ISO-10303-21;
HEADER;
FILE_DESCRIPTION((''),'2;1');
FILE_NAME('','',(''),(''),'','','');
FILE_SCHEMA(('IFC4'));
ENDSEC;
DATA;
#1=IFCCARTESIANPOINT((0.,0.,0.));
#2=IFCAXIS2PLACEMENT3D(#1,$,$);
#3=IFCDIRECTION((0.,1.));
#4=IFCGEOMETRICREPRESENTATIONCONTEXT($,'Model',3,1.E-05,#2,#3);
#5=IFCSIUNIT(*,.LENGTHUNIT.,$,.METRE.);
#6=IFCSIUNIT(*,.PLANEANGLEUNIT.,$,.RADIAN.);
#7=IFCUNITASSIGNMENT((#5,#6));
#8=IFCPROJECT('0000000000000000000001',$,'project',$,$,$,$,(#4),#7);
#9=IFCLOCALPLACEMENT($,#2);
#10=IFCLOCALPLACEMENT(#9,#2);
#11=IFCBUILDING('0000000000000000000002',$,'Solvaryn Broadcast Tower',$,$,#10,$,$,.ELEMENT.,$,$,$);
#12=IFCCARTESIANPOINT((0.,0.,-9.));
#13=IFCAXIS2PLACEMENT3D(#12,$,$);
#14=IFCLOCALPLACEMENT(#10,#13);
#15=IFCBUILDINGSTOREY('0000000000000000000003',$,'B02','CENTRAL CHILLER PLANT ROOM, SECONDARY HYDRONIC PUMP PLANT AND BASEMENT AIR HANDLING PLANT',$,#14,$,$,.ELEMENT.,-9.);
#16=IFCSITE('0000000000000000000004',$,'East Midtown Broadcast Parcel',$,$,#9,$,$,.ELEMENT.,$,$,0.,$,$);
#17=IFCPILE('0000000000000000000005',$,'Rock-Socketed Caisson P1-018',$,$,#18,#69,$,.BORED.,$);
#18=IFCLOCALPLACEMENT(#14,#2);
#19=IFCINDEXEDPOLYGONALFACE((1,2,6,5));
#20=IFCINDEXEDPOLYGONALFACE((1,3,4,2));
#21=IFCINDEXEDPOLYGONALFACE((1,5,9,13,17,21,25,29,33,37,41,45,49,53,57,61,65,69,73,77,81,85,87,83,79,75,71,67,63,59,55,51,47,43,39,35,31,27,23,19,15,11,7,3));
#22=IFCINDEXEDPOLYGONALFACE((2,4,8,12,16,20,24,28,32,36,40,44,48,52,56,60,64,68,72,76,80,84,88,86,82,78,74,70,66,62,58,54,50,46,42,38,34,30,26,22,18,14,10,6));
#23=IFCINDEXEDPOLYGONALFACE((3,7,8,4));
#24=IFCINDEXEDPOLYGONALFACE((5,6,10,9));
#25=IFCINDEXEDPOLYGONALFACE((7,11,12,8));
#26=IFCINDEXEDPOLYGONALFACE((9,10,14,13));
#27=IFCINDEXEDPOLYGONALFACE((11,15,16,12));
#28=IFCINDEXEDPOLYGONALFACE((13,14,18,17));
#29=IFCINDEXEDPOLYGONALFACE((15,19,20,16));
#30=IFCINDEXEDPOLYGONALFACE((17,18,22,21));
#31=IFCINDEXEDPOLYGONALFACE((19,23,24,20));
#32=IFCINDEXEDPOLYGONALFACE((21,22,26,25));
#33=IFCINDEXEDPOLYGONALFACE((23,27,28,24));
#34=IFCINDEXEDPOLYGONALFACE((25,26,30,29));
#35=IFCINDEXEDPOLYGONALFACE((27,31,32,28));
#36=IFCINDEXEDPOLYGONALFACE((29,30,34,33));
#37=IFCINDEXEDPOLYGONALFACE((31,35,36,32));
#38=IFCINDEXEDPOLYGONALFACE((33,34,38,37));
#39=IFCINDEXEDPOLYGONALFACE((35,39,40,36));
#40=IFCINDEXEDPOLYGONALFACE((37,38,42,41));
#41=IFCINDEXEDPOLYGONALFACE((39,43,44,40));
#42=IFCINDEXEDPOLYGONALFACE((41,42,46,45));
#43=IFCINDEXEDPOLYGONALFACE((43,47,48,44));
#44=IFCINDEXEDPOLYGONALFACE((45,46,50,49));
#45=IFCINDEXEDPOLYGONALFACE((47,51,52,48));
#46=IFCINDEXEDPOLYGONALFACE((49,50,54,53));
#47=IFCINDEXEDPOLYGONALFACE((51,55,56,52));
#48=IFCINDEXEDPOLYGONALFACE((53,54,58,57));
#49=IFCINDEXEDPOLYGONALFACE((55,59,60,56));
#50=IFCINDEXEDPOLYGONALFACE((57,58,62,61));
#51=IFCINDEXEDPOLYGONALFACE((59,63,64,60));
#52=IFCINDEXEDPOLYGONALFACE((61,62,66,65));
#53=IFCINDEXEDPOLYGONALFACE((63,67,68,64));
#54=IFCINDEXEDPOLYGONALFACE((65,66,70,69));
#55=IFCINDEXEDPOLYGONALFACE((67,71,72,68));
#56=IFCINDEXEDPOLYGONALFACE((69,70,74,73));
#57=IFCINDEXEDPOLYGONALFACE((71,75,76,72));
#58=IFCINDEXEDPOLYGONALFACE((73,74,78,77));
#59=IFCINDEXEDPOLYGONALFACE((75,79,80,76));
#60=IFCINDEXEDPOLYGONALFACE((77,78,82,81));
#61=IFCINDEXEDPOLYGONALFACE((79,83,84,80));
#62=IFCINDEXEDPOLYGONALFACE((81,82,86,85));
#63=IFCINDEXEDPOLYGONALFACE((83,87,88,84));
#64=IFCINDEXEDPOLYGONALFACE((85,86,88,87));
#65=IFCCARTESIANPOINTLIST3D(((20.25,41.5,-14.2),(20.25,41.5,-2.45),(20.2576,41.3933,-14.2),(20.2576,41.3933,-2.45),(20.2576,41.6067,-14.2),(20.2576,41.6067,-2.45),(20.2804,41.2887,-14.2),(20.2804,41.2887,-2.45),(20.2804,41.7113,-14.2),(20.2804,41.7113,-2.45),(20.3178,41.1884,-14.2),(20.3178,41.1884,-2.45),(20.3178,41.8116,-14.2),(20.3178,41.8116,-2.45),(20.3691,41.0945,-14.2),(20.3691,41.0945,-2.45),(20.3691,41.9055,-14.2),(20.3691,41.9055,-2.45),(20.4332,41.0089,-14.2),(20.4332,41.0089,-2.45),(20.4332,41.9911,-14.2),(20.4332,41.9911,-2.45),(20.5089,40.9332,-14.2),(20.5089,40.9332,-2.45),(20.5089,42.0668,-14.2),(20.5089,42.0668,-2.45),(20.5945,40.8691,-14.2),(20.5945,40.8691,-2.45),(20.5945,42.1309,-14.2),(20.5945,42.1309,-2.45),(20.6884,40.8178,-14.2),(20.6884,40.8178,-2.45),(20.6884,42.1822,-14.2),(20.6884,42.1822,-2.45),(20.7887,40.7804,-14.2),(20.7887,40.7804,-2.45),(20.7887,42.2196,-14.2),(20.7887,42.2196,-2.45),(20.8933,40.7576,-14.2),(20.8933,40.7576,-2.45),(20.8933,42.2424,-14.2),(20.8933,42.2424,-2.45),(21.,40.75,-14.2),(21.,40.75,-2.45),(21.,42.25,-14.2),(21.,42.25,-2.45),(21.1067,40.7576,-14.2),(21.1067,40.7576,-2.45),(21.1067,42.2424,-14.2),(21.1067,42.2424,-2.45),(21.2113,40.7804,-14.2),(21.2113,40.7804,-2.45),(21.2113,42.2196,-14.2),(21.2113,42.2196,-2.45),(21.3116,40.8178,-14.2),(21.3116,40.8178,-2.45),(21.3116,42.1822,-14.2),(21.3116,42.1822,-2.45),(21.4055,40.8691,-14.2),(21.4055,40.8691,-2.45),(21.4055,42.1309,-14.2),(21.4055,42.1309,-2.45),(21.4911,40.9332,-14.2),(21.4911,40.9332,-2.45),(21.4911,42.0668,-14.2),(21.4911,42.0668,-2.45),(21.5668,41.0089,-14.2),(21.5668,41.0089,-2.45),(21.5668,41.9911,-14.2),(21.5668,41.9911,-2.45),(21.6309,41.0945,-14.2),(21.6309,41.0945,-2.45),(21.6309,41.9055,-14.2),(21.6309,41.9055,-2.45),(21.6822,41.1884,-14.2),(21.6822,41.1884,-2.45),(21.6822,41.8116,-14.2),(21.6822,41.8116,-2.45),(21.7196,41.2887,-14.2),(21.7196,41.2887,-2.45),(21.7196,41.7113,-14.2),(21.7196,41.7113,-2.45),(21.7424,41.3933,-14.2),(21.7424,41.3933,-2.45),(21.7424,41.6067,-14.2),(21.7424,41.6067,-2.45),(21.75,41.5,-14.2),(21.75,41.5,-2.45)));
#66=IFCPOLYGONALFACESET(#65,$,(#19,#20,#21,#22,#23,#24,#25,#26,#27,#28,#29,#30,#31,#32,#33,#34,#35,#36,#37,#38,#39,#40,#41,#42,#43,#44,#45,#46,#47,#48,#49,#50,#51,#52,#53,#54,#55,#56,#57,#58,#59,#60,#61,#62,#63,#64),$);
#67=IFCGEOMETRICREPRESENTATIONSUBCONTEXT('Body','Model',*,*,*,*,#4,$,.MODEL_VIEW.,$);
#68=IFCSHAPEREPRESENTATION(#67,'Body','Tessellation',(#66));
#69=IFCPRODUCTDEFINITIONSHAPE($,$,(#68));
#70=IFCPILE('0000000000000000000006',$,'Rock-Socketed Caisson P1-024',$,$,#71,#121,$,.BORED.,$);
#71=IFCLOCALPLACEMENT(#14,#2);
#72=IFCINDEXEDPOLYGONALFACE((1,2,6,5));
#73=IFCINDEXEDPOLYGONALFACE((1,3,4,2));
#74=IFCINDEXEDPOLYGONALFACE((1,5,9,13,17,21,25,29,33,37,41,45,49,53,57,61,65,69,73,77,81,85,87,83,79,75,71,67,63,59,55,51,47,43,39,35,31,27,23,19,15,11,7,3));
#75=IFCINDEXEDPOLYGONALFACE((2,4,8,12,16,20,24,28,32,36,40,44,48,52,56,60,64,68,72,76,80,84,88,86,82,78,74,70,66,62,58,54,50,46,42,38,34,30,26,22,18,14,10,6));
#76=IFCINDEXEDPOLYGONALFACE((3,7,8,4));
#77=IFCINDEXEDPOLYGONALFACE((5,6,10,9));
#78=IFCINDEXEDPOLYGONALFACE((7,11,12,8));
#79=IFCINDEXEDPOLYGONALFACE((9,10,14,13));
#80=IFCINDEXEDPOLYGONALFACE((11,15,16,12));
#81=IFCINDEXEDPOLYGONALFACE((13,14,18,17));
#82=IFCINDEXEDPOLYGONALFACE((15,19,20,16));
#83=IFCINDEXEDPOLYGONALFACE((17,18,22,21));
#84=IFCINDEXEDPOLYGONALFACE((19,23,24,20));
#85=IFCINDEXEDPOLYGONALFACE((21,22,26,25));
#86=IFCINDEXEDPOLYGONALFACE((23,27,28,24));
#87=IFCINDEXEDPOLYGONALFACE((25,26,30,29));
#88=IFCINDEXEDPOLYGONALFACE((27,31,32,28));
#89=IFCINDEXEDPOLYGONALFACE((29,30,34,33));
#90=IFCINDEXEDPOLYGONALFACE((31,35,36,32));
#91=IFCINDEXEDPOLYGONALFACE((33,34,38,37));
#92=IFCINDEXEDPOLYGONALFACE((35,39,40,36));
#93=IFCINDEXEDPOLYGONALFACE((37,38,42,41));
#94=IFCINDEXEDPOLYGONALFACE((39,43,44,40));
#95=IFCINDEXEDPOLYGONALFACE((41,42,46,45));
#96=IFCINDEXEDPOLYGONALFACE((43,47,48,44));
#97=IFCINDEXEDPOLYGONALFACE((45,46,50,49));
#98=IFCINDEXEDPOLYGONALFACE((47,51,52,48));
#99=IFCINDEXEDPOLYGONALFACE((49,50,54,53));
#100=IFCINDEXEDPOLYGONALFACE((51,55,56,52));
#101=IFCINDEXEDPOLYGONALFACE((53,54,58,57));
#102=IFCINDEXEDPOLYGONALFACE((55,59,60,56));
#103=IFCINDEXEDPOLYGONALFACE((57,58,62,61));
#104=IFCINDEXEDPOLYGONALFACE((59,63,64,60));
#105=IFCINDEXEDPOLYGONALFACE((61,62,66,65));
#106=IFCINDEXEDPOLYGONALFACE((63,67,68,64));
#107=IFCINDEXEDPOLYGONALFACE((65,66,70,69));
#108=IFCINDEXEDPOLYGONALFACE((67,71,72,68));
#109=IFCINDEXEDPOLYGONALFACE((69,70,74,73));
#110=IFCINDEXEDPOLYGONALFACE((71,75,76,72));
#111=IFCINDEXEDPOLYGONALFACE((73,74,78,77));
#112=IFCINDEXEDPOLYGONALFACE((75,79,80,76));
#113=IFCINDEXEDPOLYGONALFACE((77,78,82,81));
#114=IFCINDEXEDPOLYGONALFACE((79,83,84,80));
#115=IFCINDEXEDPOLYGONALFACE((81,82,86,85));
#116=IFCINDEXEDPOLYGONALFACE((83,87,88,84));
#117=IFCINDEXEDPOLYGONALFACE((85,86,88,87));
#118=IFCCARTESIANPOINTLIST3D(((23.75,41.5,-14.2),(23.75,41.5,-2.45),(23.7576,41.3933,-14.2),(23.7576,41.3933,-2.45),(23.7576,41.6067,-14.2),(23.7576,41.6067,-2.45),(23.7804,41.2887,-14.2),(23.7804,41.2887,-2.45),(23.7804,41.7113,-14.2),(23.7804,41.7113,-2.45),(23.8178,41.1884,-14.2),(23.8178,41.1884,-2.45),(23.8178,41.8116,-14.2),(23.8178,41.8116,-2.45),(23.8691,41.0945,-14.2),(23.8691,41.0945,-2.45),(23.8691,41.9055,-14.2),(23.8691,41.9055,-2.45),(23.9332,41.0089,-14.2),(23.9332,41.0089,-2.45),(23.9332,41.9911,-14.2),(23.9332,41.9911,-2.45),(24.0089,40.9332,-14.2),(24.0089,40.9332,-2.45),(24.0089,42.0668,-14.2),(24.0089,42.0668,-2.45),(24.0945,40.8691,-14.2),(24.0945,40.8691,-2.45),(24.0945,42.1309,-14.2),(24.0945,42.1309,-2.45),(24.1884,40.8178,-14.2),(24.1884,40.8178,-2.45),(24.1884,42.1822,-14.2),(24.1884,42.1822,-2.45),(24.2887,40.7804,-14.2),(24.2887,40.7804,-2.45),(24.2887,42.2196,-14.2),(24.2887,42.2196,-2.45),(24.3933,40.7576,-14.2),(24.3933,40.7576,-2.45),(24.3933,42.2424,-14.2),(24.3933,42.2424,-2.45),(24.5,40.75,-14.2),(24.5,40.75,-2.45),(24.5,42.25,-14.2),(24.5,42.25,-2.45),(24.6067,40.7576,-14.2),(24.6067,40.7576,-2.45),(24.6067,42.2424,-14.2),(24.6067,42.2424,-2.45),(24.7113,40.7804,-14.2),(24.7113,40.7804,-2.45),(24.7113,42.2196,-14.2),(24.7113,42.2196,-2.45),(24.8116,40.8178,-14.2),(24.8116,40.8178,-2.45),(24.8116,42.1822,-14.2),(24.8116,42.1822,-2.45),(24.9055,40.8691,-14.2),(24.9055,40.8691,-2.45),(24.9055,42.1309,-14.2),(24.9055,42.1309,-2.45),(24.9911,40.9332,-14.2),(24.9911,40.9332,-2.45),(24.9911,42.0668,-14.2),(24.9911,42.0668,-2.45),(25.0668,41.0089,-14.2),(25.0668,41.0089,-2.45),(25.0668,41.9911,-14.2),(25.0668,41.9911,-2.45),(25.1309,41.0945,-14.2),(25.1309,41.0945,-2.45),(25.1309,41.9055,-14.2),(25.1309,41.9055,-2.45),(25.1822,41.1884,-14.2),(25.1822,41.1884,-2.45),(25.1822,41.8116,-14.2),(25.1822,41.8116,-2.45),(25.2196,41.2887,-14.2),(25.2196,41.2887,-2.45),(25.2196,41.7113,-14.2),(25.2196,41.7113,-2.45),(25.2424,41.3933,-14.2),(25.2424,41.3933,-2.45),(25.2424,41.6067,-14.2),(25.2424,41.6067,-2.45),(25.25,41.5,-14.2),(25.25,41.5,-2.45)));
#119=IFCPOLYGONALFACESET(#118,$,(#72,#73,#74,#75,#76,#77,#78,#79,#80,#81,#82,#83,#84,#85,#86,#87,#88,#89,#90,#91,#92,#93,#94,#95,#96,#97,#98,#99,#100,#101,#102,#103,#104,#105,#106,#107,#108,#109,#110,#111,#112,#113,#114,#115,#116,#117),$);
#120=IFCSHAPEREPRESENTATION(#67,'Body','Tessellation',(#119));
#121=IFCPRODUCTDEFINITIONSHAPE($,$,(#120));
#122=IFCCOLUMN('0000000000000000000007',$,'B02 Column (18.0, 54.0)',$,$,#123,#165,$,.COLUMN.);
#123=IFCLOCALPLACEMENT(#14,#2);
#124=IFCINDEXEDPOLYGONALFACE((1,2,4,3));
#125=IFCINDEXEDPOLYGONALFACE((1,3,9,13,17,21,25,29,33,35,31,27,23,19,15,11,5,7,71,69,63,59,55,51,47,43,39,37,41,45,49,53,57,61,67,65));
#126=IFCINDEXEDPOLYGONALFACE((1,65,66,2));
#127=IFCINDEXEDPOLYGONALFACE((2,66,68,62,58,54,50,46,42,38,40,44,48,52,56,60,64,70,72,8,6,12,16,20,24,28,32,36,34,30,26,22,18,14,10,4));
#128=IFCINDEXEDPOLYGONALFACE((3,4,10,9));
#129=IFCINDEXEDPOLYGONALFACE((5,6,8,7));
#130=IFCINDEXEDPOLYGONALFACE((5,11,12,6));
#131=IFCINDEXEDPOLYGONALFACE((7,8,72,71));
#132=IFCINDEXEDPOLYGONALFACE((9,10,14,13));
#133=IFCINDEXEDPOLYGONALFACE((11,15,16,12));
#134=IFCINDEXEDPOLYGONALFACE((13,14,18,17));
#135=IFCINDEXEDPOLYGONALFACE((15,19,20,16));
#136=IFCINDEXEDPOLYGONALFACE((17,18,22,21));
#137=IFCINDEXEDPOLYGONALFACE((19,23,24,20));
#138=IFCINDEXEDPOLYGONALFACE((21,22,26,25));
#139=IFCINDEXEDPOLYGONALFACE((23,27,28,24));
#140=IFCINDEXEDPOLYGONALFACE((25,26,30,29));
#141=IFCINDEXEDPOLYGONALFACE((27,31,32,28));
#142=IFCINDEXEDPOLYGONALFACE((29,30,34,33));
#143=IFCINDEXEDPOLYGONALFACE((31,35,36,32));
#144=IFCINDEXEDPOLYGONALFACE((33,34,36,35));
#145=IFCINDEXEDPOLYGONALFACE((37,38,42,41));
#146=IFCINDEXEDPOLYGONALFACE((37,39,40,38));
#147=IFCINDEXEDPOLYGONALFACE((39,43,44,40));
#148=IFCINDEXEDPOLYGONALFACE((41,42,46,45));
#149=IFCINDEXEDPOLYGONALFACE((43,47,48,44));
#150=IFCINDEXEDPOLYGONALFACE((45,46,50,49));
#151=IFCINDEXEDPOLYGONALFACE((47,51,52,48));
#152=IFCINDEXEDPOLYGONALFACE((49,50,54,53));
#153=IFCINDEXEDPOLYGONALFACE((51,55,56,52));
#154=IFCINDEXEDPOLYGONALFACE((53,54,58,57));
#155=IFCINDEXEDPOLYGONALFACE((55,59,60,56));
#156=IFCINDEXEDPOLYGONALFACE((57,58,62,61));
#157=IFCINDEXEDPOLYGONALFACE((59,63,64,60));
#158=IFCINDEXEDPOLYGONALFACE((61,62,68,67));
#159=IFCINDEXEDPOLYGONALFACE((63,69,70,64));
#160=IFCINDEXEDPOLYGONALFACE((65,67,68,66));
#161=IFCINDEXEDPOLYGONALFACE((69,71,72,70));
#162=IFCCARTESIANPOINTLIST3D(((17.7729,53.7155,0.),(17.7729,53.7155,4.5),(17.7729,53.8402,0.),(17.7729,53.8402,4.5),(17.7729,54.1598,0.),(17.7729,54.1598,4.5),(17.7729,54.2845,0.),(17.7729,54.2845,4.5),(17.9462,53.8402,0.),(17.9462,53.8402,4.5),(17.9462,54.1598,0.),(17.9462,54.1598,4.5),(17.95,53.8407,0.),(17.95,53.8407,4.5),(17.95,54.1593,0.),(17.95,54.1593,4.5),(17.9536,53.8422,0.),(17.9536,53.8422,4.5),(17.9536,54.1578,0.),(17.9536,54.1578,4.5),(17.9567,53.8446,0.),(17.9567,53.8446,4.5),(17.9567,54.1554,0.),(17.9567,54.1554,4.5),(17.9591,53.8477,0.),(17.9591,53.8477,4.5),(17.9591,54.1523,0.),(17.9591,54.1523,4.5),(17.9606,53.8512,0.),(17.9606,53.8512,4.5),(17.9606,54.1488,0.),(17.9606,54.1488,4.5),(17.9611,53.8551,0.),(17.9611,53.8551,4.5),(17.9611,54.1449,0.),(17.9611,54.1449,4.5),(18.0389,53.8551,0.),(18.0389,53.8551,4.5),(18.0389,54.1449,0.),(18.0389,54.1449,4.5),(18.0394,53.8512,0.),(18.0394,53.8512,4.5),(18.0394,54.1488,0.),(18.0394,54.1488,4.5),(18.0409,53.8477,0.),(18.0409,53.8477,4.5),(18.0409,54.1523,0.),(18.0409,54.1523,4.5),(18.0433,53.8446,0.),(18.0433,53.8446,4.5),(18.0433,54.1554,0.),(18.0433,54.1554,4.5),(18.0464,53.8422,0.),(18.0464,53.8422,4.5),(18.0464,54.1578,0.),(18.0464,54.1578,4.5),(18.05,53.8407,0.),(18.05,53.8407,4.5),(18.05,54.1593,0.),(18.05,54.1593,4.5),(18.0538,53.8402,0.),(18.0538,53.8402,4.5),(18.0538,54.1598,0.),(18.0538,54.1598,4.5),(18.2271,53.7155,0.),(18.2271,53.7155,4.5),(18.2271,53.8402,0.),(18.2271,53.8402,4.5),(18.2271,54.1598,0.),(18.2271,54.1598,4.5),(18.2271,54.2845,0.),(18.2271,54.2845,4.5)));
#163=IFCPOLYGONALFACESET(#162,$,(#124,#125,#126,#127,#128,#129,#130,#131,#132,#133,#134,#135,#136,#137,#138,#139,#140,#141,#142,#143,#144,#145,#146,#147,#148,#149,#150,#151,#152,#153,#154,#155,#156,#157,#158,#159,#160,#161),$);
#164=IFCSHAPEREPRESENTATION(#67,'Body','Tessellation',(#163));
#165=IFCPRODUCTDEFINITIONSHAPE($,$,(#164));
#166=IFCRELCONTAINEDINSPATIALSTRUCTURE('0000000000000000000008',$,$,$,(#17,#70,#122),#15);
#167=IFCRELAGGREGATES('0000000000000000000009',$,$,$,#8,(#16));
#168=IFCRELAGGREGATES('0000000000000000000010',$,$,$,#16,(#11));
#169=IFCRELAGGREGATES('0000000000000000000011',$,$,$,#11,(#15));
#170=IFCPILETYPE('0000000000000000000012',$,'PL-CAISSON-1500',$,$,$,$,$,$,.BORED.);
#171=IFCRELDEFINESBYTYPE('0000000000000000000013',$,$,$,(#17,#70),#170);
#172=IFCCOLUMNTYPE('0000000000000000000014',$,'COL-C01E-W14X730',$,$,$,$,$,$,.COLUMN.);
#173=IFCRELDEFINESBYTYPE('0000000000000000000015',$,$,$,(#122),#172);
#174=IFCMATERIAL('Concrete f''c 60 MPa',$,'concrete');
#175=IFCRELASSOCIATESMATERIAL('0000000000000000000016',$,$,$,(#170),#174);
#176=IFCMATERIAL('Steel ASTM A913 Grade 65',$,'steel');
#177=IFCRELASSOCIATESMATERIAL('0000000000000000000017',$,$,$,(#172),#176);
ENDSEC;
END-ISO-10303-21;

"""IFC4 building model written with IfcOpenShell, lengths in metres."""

from ifc_helpers import new_model, si_unit, direction, frame, origin, origin_2d, place, context, subcontext, project, spatial, circle, i_section, extrude, material, material_profile, profile_set, type_object, element, save


model = new_model("IFC4")

# Units and contexts
model_context = context("Model", 3, precision=1e-05, world=origin(), true_north=direction((0.0, 1.0)))
body_context = subcontext(model_context, "Body", "Model", "MODEL_VIEW")
ifc_project = project(units=[si_unit("LENGTHUNIT", "METRE"), si_unit("PLANEANGLEUNIT", "RADIAN")], contexts=[model_context])

# Site, building, storey
site_placement = place(None, origin())
site = spatial("IfcSite", under=ifc_project, at=site_placement, Name="East Midtown Broadcast Parcel", CompositionType="ELEMENT", RefElevation=0.0)
building_placement = place(site_placement, origin())
building = spatial("IfcBuilding", under=site, at=building_placement, Name="Solvaryn Broadcast Tower", CompositionType="ELEMENT")
storey_placement = place(building_placement, frame((0.0, 0.0, -9.0)))
storey = spatial("IfcBuildingStorey", under=building, at=storey_placement, Name="B02", Description="CENTRAL CHILLER PLANT ROOM, SECONDARY HYDRONIC PUMP PLANT AND BASEMENT AIR HANDLING PLANT", CompositionType="ELEMENT", Elevation=-9.0)

# Piles
ifc_material_1 = material(Name="Concrete f'c 60 MPa", Category="concrete")
ifc_material_profile_1 = material_profile(ifc_material_1, circle(Radius=0.75, at=origin_2d()))
ifc_profile_set_1 = profile_set([ifc_material_profile_1], Name="Concrete f'c 60 MPa")
pile_type_1 = type_object("IfcPileType", Name="PL-CAISSON-1500", PredefinedType="BORED", material=ifc_profile_set_1)
for number, where, z_axis, x_axis, name in (
    (1, (21.0, 41.5, -2.45), (0.0, 0.0, -1.0), (1.0, 0.0, 0.0), "Rock-Socketed Caisson P1-018"),
    (2, (24.5, 41.5, -2.45), (0.0, 0.0, -1.0), (1.0, 0.0, 0.0), "Rock-Socketed Caisson P1-024"),
):
    element("IfcPile", number, at=place(storey_placement, frame(where, z_axis=z_axis, x_axis=x_axis)), inside=storey, type_object=pile_type_1, Name=name, PredefinedType="BORED", context=body_context, shape_type="SweptSolid", body=[
        extrude(circle(Radius=0.75, at=origin_2d()), origin(), (0.0, 0.0, 1.0), 11.75),
    ])

# Column
ifc_material_2 = material(Name="Steel ASTM A913 Grade 65", Category="steel")
ifc_material_profile_2 = material_profile(ifc_material_2, i_section(OverallWidth=0.4541, OverallDepth=0.5691, WebThickness=0.0779, FlangeThickness=0.1248, FilletRadius=0.0149, at=origin_2d()))
ifc_profile_set_2 = profile_set([ifc_material_profile_2], Name="Steel ASTM A913 Grade 65")
column_type_1 = type_object("IfcColumnType", Name="COL-C01E-W14X730", PredefinedType="COLUMN", material=ifc_profile_set_2)
for number, where, z_axis, x_axis, name in (
    (3, (18.0, 54.0, 0.0), (0.0, 0.0, 1.0), (1.0, 0.0, 0.0), "B02 Column (18.0, 54.0)"),
):
    element("IfcColumn", number, at=place(storey_placement, frame(where, z_axis=z_axis, x_axis=x_axis)), inside=storey, type_object=column_type_1, Name=name, PredefinedType="COLUMN", context=body_context, shape_type="SweptSolid", body=[
        extrude(i_section(OverallWidth=0.4541, OverallDepth=0.5691, WebThickness=0.0779, FlangeThickness=0.1248, FilletRadius=0.0149, at=origin_2d()), origin(), (0.0, 0.0, 1.0), 4.5),
    ])

save(model, "model.ifc")
